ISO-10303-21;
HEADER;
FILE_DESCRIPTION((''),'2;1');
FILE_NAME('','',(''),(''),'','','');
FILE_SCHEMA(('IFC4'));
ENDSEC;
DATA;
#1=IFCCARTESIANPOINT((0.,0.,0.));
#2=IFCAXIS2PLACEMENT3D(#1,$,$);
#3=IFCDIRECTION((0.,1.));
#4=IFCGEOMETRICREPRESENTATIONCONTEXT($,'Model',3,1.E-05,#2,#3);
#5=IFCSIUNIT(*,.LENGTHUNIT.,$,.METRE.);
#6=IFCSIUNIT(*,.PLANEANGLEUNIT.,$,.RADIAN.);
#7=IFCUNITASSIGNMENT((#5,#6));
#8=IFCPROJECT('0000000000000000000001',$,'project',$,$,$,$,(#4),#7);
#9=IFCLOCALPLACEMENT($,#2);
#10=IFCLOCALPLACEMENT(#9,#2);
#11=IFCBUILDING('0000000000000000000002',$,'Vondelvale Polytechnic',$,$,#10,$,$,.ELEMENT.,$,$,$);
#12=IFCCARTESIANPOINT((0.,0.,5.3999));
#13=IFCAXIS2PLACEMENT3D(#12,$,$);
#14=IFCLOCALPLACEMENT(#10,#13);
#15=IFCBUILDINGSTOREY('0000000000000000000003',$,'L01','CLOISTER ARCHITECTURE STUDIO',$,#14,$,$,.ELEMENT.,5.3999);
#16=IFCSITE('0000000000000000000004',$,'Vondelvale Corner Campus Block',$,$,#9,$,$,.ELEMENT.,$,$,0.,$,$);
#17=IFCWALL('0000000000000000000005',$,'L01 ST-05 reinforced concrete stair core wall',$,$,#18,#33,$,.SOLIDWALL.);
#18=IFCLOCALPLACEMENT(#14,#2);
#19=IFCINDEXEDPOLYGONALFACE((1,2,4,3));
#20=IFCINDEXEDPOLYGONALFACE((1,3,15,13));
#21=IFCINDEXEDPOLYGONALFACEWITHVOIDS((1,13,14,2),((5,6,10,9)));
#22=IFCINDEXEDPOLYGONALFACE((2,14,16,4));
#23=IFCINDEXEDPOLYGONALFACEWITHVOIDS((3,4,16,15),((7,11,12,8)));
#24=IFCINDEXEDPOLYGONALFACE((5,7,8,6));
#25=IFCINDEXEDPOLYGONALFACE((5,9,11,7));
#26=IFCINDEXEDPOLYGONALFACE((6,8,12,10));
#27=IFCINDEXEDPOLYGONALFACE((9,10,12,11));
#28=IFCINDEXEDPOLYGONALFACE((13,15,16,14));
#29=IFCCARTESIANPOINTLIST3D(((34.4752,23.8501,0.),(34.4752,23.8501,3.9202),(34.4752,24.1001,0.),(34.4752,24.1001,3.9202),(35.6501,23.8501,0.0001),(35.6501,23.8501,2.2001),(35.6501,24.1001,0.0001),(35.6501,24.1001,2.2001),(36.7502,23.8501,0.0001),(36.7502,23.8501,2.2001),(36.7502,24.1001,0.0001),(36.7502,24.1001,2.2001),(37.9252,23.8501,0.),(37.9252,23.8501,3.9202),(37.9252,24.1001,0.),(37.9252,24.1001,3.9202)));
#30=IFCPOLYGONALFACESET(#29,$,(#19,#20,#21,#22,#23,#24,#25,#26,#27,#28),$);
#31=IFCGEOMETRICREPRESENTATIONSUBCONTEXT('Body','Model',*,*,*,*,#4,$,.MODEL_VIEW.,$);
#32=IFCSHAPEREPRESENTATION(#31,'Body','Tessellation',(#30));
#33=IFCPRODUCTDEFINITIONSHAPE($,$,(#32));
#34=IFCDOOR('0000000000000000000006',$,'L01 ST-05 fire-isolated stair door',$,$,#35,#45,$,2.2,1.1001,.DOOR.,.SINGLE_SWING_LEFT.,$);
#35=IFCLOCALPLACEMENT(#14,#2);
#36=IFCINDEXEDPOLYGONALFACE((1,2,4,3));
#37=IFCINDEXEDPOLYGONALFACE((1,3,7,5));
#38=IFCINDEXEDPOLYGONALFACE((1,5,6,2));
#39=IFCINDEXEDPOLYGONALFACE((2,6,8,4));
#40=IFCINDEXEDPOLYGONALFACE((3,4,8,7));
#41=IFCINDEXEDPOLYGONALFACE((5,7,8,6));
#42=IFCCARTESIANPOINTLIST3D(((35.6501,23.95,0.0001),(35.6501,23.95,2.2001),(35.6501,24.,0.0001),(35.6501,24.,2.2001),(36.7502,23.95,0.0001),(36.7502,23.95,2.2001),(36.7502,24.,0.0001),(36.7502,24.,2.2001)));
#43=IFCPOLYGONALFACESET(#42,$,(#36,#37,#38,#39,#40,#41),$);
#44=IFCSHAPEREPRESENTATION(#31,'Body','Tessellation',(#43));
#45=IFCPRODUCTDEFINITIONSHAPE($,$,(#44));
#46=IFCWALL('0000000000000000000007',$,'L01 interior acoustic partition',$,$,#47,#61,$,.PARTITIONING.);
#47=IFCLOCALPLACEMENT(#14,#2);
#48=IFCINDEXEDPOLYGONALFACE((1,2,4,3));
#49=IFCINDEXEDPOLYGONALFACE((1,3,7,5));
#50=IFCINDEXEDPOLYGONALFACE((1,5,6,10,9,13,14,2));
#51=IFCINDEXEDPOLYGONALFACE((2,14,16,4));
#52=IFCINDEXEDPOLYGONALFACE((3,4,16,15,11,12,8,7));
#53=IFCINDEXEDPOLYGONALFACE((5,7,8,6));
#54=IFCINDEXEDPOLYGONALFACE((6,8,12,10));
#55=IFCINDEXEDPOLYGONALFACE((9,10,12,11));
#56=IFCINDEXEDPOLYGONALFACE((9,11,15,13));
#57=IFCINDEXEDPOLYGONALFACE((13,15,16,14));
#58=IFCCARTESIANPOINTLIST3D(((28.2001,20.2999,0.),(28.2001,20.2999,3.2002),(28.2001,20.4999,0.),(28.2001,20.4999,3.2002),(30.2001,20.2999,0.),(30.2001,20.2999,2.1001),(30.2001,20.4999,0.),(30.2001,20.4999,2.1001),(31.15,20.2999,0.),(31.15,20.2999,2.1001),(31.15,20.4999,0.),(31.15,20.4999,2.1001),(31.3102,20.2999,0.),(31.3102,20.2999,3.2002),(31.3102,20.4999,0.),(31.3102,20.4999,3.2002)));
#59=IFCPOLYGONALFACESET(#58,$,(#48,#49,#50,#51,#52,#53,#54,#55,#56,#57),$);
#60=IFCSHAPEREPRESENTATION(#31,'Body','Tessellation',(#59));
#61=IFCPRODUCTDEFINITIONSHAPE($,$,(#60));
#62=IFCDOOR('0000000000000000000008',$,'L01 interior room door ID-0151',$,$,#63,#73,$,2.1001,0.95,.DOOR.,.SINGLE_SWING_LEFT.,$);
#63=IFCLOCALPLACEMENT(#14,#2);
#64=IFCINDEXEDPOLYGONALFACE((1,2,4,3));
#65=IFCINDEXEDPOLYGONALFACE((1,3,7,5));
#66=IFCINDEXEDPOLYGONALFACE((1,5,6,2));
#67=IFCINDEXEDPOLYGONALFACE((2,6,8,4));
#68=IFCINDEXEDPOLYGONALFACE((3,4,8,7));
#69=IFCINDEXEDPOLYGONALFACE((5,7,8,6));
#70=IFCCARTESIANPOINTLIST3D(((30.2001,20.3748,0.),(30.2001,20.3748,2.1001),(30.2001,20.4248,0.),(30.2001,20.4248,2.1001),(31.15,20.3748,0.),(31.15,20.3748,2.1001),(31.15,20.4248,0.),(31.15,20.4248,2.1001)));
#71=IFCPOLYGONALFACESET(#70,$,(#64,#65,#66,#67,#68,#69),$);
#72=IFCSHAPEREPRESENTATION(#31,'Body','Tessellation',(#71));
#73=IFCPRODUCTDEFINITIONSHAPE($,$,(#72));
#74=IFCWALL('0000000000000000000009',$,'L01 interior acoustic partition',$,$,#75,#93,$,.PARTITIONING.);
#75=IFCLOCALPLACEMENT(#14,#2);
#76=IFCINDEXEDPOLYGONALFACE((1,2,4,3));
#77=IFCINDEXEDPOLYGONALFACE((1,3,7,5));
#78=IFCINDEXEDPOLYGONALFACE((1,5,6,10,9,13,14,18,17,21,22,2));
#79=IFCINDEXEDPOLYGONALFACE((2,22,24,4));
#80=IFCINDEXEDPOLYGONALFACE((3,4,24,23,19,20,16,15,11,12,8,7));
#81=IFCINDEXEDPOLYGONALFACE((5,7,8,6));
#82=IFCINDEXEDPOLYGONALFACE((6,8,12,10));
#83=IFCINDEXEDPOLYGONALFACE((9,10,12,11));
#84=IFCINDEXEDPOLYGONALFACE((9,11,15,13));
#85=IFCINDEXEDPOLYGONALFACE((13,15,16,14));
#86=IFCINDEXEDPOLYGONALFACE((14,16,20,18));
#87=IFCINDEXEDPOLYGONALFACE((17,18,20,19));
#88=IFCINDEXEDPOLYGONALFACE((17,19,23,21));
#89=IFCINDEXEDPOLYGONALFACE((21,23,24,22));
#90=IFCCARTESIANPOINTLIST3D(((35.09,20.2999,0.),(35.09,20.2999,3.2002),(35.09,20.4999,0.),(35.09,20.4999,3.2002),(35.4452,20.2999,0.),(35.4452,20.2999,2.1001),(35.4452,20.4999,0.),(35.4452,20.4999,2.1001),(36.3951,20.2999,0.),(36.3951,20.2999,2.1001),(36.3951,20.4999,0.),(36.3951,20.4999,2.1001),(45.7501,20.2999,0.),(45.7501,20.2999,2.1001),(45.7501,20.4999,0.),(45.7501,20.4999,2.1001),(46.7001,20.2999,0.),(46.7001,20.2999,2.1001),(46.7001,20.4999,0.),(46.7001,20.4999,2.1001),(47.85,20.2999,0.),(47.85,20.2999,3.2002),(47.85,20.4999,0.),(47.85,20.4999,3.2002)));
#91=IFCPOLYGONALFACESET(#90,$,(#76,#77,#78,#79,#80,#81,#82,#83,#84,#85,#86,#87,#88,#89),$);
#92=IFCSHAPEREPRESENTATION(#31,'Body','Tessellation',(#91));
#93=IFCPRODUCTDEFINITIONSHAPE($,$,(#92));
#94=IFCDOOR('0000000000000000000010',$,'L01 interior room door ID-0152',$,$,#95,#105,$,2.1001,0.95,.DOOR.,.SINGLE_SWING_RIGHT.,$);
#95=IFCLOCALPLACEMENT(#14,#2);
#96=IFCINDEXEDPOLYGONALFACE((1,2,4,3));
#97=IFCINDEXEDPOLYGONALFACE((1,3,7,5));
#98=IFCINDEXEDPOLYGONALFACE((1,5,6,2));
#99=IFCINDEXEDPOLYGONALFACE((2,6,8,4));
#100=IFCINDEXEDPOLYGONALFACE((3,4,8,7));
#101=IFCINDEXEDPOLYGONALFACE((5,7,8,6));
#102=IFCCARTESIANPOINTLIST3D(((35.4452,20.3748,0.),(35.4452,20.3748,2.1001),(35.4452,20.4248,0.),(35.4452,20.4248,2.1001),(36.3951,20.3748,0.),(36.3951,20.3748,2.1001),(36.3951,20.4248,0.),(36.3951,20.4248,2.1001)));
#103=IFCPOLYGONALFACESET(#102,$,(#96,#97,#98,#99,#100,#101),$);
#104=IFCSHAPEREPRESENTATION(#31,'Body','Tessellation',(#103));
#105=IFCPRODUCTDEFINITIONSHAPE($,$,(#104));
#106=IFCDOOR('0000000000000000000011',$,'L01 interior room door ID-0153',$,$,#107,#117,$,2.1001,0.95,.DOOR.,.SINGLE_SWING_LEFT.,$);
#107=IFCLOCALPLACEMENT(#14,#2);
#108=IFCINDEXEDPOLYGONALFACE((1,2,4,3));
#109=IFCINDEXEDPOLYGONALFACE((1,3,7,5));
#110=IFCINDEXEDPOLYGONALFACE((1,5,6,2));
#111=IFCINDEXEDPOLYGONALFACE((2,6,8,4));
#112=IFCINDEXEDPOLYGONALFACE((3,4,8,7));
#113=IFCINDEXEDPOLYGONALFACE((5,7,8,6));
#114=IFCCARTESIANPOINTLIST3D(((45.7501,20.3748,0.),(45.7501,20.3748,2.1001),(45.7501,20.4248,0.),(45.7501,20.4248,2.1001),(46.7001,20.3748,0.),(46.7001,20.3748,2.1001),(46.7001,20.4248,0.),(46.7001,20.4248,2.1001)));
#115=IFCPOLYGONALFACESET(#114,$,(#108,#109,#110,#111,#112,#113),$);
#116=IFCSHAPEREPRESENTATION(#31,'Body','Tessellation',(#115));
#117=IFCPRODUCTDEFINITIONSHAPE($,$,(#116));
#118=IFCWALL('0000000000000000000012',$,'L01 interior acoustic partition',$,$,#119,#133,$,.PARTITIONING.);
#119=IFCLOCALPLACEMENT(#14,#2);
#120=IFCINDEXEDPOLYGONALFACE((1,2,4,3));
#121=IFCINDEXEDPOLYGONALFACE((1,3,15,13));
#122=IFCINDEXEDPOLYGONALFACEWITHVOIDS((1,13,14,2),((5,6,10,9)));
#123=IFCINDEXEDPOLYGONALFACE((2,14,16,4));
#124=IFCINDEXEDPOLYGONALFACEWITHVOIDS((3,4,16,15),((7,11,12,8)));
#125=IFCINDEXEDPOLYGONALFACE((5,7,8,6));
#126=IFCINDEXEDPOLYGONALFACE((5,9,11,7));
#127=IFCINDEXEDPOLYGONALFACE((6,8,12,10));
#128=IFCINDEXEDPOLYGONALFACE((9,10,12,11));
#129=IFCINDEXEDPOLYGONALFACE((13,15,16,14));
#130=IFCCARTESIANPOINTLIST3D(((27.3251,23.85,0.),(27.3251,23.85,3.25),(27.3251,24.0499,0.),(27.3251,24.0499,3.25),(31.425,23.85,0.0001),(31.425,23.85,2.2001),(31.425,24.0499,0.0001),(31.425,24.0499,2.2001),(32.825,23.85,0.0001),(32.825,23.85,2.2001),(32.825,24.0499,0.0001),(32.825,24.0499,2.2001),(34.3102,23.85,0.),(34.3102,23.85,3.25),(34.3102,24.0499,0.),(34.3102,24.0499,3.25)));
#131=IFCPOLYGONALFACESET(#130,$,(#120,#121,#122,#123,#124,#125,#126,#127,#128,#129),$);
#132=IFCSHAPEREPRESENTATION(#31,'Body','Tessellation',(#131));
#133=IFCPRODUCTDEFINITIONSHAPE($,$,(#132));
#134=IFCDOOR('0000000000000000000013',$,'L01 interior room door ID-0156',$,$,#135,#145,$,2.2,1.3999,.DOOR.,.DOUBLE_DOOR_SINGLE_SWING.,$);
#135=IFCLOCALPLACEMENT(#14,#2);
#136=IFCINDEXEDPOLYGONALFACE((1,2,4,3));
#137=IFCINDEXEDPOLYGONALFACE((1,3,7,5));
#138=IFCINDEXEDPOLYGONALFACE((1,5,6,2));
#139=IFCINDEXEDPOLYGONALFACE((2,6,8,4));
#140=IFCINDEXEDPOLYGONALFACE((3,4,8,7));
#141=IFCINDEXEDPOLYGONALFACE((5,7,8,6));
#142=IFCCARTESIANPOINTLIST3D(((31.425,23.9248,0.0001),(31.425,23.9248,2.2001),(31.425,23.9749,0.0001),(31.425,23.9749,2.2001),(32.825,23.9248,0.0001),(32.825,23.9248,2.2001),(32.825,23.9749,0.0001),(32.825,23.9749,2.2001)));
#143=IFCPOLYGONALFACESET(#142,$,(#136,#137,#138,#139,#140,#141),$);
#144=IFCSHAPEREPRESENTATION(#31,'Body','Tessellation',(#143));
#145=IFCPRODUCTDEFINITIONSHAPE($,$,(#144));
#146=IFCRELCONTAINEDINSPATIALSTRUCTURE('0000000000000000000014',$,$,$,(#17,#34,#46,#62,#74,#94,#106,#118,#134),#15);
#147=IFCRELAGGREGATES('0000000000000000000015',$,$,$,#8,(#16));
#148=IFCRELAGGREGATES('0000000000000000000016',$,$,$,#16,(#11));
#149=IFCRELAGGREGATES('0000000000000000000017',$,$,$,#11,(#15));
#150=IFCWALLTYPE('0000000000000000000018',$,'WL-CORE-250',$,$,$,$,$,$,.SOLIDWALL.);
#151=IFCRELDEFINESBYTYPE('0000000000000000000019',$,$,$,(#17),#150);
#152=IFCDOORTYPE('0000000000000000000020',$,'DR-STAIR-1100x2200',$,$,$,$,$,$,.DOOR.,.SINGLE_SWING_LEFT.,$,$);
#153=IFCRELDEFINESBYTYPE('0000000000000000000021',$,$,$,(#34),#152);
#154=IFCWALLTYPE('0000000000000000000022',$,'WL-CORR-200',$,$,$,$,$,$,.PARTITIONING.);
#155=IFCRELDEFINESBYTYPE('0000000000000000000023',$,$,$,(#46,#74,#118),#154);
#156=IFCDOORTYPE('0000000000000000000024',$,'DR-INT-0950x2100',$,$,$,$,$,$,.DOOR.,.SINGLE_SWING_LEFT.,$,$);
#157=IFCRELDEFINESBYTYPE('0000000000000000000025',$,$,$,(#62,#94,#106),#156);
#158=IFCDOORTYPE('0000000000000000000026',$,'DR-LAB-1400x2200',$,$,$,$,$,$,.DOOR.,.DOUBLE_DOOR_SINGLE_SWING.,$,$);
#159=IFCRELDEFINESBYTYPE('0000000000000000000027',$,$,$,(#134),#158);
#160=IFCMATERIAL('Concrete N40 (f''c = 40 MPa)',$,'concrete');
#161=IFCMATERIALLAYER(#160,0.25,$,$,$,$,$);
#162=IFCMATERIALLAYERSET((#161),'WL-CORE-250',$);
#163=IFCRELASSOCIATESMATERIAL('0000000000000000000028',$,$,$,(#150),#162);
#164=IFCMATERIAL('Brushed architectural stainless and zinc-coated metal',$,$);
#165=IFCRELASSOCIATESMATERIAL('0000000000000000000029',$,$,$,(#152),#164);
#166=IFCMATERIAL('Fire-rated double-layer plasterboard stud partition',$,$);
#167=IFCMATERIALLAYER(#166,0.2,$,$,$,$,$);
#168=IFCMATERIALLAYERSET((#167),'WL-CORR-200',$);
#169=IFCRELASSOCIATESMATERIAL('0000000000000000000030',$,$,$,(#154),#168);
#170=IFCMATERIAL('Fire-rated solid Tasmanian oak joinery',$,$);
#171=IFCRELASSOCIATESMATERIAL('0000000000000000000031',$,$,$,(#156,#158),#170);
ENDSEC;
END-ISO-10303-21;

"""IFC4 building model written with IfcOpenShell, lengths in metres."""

from ifc_helpers import new_model, si_unit, direction, frame, frame_2d, origin, place, context, subcontext, project, spatial, rectangle, extrude, material, layer, layer_set, type_object, element, fill, save


model = new_model("IFC4")

# Units and contexts
model_context = context("Model", 3, precision=1e-05, world=origin(), true_north=direction((0.0, 1.0)))
body_context = subcontext(model_context, "Body", "Model", "MODEL_VIEW")
ifc_project = project(units=[si_unit("LENGTHUNIT", "METRE"), si_unit("PLANEANGLEUNIT", "RADIAN")], contexts=[model_context])

# Site, building, storey
site_placement = place(None, origin())
site = spatial("IfcSite", under=ifc_project, at=site_placement, Name="Vondelvale Corner Campus Block", CompositionType="ELEMENT", RefElevation=0.0)
building_placement = place(site_placement, origin())
building = spatial("IfcBuilding", under=site, at=building_placement, Name="Vondelvale Polytechnic", CompositionType="ELEMENT")
storey_placement = place(building_placement, frame((0.0, 0.0, 5.3999)))
storey = spatial("IfcBuildingStorey", under=building, at=storey_placement, Name="L01", Description="CLOISTER ARCHITECTURE STUDIO", CompositionType="ELEMENT", Elevation=5.3999)

# Shared definitions
ifc_material_1 = material(Name="Concrete N40 (f'c = 40 MPa)", Category="concrete")

# Shared definitions
ifc_layer_1 = layer(ifc_material_1, 0.25)
ifc_layer_set_1 = layer_set([ifc_layer_1], Name="WL-CORE-250")
wall_type_1 = type_object("IfcWallType", Name="WL-CORE-250", PredefinedType="SOLIDWALL", material=ifc_layer_set_1)

# Shared definitions
ifc_material_2 = material(Name="Brushed architectural stainless and zinc-coated metal")
door_type_1 = type_object("IfcDoorType", Name="DR-STAIR-1100x2200", OperationType="SINGLE_SWING_LEFT", PredefinedType="DOOR", material=ifc_material_2)

# Walls, openings, doors
wall_1_placement = place(storey_placement, frame((34.4751, 23.9751, 0.0), z_axis=(0.0, 0.0, 1.0), x_axis=(1.0, 0.0, 0.0)))
wall_1 = element("IfcWall", 1, at=wall_1_placement, inside=storey, type_object=wall_type_1, Name="L01 ST-05 reinforced concrete stair core wall", PredefinedType="SOLIDWALL", context=body_context, shape_type="SweptSolid", body=[
    extrude(rectangle(XDim=3.45, YDim=0.25, at=frame_2d((1.7251, 0.0))), origin(), (0.0, 0.0, 1.0), 3.9202),
])
opening_1_placement = place(wall_1_placement, frame((1.175, 0.0, 0.0)))
opening_1 = element("IfcOpeningElement", 2, at=opening_1_placement, cuts=wall_1, PredefinedType="OPENING", context=body_context, shape_type="SweptSolid", body=[
    extrude(rectangle(XDim=1.1001, YDim=2.2, at=frame_2d((0.55, 1.1001))), frame((0.0, 0.135, 0.0), z_axis=(0.0, -1.0, 0.0), x_axis=(1.0, 0.0, 0.0)), (0.0, 0.0, 1.0), 0.27),
])
door_1_placement = place(opening_1_placement, origin())
door_1 = element("IfcDoor", 3, at=door_1_placement, inside=storey, type_object=door_type_1, Name="L01 ST-05 fire-isolated stair door", OperationType="SINGLE_SWING_LEFT", OverallHeight=2.2, OverallWidth=1.1001, PredefinedType="DOOR", context=body_context, shape_type="SweptSolid", body=[
    extrude(rectangle(XDim=1.1001, YDim=2.2, at=frame_2d((0.55, 1.1001))), frame((0.0, 0.0249, 0.0), z_axis=(0.0, -1.0, 0.0), x_axis=(1.0, 0.0, 0.0)), (0.0, 0.0, 1.0), 0.05),
])
fill(opening_1, door_1)
ifc_material_3 = material(Name="Fire-rated double-layer plasterboard stud partition")
ifc_layer_2 = layer(ifc_material_3, 0.2)
ifc_layer_set_2 = layer_set([ifc_layer_2], Name="WL-CORR-200")
wall_type_2 = type_object("IfcWallType", Name="WL-CORR-200", PredefinedType="PARTITIONING", material=ifc_layer_set_2)
wall_2_placement = place(storey_placement, frame((28.2, 20.3999, 0.0), z_axis=(0.0, 0.0, 1.0), x_axis=(1.0, 0.0, 0.0)))
wall_2 = element("IfcWall", 4, at=wall_2_placement, inside=storey, type_object=wall_type_2, Name="L01 interior acoustic partition", PredefinedType="PARTITIONING", context=body_context, shape_type="SweptSolid", body=[
    extrude(rectangle(XDim=3.1101, YDim=0.2, at=frame_2d((1.5552, 0.0))), origin(), (0.0, 0.0, 1.0), 3.2002),
])
opening_2_placement = place(wall_2_placement, frame((2.0, 0.0, 0.0)))
opening_2 = element("IfcOpeningElement", 5, at=opening_2_placement, cuts=wall_2, PredefinedType="OPENING", context=body_context, shape_type="SweptSolid", body=[
    extrude(rectangle(XDim=0.95, YDim=2.1001, at=frame_2d((0.4751, 1.05))), frame((0.0, 0.1099, 0.0), z_axis=(0.0, -1.0, 0.0), x_axis=(1.0, 0.0, 0.0)), (0.0, 0.0, 1.0), 0.22),
])
ifc_material_4 = material(Name="Fire-rated solid Tasmanian oak joinery")
door_type_2 = type_object("IfcDoorType", Name="DR-INT-0950x2100", OperationType="SINGLE_SWING_LEFT", PredefinedType="DOOR", material=ifc_material_4)
door_2_placement = place(opening_2_placement, origin())
door_2 = element("IfcDoor", 6, at=door_2_placement, inside=storey, type_object=door_type_2, Name="L01 interior room door ID-0151", OperationType="SINGLE_SWING_LEFT", OverallHeight=2.1001, OverallWidth=0.95, PredefinedType="DOOR", context=body_context, shape_type="SweptSolid", body=[
    extrude(rectangle(XDim=0.95, YDim=2.1001, at=frame_2d((0.4751, 1.05))), frame((0.0, 0.0249, 0.0), z_axis=(0.0, -1.0, 0.0), x_axis=(1.0, 0.0, 0.0)), (0.0, 0.0, 1.0), 0.05),
])
fill(opening_2, door_2)

# Wall, openings, doors
wall_3_placement = place(storey_placement, frame((35.0901, 20.3999, 0.0), z_axis=(0.0, 0.0, 1.0), x_axis=(1.0, 0.0, 0.0)))
wall_3 = element("IfcWall", 7, at=wall_3_placement, inside=storey, type_object=wall_type_2, Name="L01 interior acoustic partition", PredefinedType="PARTITIONING", context=body_context, shape_type="SweptSolid", body=[
    extrude(rectangle(XDim=12.76, YDim=0.2, at=frame_2d((6.3799, 0.0))), origin(), (0.0, 0.0, 1.0), 3.2002),
])
opening_3_placement = place(wall_3_placement, frame((0.355, 0.0, 0.0)))
opening_3 = element("IfcOpeningElement", 8, at=opening_3_placement, cuts=wall_3, PredefinedType="OPENING", context=body_context, shape_type="SweptSolid", body=[
    extrude(rectangle(XDim=0.95, YDim=2.1001, at=frame_2d((0.4751, 1.05))), frame((0.0, 0.1099, 0.0), z_axis=(0.0, -1.0, 0.0), x_axis=(1.0, 0.0, 0.0)), (0.0, 0.0, 1.0), 0.22),
])
opening_4_placement = place(wall_3_placement, frame((10.6599, 0.0, 0.0)))
opening_4 = element("IfcOpeningElement", 9, at=opening_4_placement, cuts=wall_3, PredefinedType="OPENING", context=body_context, shape_type="SweptSolid", body=[
    extrude(rectangle(XDim=0.95, YDim=2.1001, at=frame_2d((0.4751, 1.05))), frame((0.0, 0.1099, 0.0), z_axis=(0.0, -1.0, 0.0), x_axis=(1.0, 0.0, 0.0)), (0.0, 0.0, 1.0), 0.22),
])
door_3_placement = place(opening_3_placement, origin())
door_3 = element("IfcDoor", 10, at=door_3_placement, inside=storey, type_object=door_type_2, Name="L01 interior room door ID-0152", OperationType="SINGLE_SWING_RIGHT", OverallHeight=2.1001, OverallWidth=0.95, PredefinedType="DOOR", context=body_context, shape_type="SweptSolid", body=[
    extrude(rectangle(XDim=0.95, YDim=2.1001, at=frame_2d((0.4751, 1.05))), frame((0.0, 0.0249, 0.0), z_axis=(0.0, -1.0, 0.0), x_axis=(1.0, 0.0, 0.0)), (0.0, 0.0, 1.0), 0.05),
])
fill(opening_3, door_3)
door_4_placement = place(opening_4_placement, origin())
door_4 = element("IfcDoor", 11, at=door_4_placement, inside=storey, type_object=door_type_2, Name="L01 interior room door ID-0153", OperationType="SINGLE_SWING_LEFT", OverallHeight=2.1001, OverallWidth=0.95, PredefinedType="DOOR", context=body_context, shape_type="SweptSolid", body=[
    extrude(rectangle(XDim=0.95, YDim=2.1001, at=frame_2d((0.4751, 1.05))), frame((0.0, 0.0249, 0.0), z_axis=(0.0, -1.0, 0.0), x_axis=(1.0, 0.0, 0.0)), (0.0, 0.0, 1.0), 0.05),
])
fill(opening_4, door_4)

# Wall, opening, door
wall_4_placement = place(storey_placement, frame((27.325, 23.95, 0.0), z_axis=(0.0, 0.0, 1.0), x_axis=(1.0, 0.0, 0.0)))
wall_4 = element("IfcWall", 12, at=wall_4_placement, inside=storey, type_object=wall_type_2, Name="L01 interior acoustic partition", PredefinedType="PARTITIONING", context=body_context, shape_type="SweptSolid", body=[
    extrude(rectangle(XDim=6.9851, YDim=0.2, at=frame_2d((3.4927, 0.0))), origin(), (0.0, 0.0, 1.0), 3.25),
])
opening_5_placement = place(wall_4_placement, frame((4.1001, 0.0, 0.0)))
opening_5 = element("IfcOpeningElement", 13, at=opening_5_placement, cuts=wall_4, PredefinedType="OPENING", context=body_context, shape_type="SweptSolid", body=[
    extrude(rectangle(XDim=1.3999, YDim=2.2, at=frame_2d((0.7, 1.1001))), frame((0.0, 0.1099, 0.0), z_axis=(0.0, -1.0, 0.0), x_axis=(1.0, 0.0, 0.0)), (0.0, 0.0, 1.0), 0.22),
])
door_type_3 = type_object("IfcDoorType", Name="DR-LAB-1400x2200", OperationType="DOUBLE_DOOR_SINGLE_SWING", PredefinedType="DOOR", material=ifc_material_4)
door_5_placement = place(opening_5_placement, origin())
door_5 = element("IfcDoor", 14, at=door_5_placement, inside=storey, type_object=door_type_3, Name="L01 interior room door ID-0156", OperationType="DOUBLE_DOOR_SINGLE_SWING", OverallHeight=2.2, OverallWidth=1.3999, PredefinedType="DOOR", context=body_context, shape_type="SweptSolid", body=[
    extrude(rectangle(XDim=1.3999, YDim=2.2, at=frame_2d((0.7, 1.1001))), frame((0.0, 0.0249, 0.0), z_axis=(0.0, -1.0, 0.0), x_axis=(1.0, 0.0, 0.0)), (0.0, 0.0, 1.0), 0.05),
])
fill(opening_5, door_5)

save(model, "model.ifc")
